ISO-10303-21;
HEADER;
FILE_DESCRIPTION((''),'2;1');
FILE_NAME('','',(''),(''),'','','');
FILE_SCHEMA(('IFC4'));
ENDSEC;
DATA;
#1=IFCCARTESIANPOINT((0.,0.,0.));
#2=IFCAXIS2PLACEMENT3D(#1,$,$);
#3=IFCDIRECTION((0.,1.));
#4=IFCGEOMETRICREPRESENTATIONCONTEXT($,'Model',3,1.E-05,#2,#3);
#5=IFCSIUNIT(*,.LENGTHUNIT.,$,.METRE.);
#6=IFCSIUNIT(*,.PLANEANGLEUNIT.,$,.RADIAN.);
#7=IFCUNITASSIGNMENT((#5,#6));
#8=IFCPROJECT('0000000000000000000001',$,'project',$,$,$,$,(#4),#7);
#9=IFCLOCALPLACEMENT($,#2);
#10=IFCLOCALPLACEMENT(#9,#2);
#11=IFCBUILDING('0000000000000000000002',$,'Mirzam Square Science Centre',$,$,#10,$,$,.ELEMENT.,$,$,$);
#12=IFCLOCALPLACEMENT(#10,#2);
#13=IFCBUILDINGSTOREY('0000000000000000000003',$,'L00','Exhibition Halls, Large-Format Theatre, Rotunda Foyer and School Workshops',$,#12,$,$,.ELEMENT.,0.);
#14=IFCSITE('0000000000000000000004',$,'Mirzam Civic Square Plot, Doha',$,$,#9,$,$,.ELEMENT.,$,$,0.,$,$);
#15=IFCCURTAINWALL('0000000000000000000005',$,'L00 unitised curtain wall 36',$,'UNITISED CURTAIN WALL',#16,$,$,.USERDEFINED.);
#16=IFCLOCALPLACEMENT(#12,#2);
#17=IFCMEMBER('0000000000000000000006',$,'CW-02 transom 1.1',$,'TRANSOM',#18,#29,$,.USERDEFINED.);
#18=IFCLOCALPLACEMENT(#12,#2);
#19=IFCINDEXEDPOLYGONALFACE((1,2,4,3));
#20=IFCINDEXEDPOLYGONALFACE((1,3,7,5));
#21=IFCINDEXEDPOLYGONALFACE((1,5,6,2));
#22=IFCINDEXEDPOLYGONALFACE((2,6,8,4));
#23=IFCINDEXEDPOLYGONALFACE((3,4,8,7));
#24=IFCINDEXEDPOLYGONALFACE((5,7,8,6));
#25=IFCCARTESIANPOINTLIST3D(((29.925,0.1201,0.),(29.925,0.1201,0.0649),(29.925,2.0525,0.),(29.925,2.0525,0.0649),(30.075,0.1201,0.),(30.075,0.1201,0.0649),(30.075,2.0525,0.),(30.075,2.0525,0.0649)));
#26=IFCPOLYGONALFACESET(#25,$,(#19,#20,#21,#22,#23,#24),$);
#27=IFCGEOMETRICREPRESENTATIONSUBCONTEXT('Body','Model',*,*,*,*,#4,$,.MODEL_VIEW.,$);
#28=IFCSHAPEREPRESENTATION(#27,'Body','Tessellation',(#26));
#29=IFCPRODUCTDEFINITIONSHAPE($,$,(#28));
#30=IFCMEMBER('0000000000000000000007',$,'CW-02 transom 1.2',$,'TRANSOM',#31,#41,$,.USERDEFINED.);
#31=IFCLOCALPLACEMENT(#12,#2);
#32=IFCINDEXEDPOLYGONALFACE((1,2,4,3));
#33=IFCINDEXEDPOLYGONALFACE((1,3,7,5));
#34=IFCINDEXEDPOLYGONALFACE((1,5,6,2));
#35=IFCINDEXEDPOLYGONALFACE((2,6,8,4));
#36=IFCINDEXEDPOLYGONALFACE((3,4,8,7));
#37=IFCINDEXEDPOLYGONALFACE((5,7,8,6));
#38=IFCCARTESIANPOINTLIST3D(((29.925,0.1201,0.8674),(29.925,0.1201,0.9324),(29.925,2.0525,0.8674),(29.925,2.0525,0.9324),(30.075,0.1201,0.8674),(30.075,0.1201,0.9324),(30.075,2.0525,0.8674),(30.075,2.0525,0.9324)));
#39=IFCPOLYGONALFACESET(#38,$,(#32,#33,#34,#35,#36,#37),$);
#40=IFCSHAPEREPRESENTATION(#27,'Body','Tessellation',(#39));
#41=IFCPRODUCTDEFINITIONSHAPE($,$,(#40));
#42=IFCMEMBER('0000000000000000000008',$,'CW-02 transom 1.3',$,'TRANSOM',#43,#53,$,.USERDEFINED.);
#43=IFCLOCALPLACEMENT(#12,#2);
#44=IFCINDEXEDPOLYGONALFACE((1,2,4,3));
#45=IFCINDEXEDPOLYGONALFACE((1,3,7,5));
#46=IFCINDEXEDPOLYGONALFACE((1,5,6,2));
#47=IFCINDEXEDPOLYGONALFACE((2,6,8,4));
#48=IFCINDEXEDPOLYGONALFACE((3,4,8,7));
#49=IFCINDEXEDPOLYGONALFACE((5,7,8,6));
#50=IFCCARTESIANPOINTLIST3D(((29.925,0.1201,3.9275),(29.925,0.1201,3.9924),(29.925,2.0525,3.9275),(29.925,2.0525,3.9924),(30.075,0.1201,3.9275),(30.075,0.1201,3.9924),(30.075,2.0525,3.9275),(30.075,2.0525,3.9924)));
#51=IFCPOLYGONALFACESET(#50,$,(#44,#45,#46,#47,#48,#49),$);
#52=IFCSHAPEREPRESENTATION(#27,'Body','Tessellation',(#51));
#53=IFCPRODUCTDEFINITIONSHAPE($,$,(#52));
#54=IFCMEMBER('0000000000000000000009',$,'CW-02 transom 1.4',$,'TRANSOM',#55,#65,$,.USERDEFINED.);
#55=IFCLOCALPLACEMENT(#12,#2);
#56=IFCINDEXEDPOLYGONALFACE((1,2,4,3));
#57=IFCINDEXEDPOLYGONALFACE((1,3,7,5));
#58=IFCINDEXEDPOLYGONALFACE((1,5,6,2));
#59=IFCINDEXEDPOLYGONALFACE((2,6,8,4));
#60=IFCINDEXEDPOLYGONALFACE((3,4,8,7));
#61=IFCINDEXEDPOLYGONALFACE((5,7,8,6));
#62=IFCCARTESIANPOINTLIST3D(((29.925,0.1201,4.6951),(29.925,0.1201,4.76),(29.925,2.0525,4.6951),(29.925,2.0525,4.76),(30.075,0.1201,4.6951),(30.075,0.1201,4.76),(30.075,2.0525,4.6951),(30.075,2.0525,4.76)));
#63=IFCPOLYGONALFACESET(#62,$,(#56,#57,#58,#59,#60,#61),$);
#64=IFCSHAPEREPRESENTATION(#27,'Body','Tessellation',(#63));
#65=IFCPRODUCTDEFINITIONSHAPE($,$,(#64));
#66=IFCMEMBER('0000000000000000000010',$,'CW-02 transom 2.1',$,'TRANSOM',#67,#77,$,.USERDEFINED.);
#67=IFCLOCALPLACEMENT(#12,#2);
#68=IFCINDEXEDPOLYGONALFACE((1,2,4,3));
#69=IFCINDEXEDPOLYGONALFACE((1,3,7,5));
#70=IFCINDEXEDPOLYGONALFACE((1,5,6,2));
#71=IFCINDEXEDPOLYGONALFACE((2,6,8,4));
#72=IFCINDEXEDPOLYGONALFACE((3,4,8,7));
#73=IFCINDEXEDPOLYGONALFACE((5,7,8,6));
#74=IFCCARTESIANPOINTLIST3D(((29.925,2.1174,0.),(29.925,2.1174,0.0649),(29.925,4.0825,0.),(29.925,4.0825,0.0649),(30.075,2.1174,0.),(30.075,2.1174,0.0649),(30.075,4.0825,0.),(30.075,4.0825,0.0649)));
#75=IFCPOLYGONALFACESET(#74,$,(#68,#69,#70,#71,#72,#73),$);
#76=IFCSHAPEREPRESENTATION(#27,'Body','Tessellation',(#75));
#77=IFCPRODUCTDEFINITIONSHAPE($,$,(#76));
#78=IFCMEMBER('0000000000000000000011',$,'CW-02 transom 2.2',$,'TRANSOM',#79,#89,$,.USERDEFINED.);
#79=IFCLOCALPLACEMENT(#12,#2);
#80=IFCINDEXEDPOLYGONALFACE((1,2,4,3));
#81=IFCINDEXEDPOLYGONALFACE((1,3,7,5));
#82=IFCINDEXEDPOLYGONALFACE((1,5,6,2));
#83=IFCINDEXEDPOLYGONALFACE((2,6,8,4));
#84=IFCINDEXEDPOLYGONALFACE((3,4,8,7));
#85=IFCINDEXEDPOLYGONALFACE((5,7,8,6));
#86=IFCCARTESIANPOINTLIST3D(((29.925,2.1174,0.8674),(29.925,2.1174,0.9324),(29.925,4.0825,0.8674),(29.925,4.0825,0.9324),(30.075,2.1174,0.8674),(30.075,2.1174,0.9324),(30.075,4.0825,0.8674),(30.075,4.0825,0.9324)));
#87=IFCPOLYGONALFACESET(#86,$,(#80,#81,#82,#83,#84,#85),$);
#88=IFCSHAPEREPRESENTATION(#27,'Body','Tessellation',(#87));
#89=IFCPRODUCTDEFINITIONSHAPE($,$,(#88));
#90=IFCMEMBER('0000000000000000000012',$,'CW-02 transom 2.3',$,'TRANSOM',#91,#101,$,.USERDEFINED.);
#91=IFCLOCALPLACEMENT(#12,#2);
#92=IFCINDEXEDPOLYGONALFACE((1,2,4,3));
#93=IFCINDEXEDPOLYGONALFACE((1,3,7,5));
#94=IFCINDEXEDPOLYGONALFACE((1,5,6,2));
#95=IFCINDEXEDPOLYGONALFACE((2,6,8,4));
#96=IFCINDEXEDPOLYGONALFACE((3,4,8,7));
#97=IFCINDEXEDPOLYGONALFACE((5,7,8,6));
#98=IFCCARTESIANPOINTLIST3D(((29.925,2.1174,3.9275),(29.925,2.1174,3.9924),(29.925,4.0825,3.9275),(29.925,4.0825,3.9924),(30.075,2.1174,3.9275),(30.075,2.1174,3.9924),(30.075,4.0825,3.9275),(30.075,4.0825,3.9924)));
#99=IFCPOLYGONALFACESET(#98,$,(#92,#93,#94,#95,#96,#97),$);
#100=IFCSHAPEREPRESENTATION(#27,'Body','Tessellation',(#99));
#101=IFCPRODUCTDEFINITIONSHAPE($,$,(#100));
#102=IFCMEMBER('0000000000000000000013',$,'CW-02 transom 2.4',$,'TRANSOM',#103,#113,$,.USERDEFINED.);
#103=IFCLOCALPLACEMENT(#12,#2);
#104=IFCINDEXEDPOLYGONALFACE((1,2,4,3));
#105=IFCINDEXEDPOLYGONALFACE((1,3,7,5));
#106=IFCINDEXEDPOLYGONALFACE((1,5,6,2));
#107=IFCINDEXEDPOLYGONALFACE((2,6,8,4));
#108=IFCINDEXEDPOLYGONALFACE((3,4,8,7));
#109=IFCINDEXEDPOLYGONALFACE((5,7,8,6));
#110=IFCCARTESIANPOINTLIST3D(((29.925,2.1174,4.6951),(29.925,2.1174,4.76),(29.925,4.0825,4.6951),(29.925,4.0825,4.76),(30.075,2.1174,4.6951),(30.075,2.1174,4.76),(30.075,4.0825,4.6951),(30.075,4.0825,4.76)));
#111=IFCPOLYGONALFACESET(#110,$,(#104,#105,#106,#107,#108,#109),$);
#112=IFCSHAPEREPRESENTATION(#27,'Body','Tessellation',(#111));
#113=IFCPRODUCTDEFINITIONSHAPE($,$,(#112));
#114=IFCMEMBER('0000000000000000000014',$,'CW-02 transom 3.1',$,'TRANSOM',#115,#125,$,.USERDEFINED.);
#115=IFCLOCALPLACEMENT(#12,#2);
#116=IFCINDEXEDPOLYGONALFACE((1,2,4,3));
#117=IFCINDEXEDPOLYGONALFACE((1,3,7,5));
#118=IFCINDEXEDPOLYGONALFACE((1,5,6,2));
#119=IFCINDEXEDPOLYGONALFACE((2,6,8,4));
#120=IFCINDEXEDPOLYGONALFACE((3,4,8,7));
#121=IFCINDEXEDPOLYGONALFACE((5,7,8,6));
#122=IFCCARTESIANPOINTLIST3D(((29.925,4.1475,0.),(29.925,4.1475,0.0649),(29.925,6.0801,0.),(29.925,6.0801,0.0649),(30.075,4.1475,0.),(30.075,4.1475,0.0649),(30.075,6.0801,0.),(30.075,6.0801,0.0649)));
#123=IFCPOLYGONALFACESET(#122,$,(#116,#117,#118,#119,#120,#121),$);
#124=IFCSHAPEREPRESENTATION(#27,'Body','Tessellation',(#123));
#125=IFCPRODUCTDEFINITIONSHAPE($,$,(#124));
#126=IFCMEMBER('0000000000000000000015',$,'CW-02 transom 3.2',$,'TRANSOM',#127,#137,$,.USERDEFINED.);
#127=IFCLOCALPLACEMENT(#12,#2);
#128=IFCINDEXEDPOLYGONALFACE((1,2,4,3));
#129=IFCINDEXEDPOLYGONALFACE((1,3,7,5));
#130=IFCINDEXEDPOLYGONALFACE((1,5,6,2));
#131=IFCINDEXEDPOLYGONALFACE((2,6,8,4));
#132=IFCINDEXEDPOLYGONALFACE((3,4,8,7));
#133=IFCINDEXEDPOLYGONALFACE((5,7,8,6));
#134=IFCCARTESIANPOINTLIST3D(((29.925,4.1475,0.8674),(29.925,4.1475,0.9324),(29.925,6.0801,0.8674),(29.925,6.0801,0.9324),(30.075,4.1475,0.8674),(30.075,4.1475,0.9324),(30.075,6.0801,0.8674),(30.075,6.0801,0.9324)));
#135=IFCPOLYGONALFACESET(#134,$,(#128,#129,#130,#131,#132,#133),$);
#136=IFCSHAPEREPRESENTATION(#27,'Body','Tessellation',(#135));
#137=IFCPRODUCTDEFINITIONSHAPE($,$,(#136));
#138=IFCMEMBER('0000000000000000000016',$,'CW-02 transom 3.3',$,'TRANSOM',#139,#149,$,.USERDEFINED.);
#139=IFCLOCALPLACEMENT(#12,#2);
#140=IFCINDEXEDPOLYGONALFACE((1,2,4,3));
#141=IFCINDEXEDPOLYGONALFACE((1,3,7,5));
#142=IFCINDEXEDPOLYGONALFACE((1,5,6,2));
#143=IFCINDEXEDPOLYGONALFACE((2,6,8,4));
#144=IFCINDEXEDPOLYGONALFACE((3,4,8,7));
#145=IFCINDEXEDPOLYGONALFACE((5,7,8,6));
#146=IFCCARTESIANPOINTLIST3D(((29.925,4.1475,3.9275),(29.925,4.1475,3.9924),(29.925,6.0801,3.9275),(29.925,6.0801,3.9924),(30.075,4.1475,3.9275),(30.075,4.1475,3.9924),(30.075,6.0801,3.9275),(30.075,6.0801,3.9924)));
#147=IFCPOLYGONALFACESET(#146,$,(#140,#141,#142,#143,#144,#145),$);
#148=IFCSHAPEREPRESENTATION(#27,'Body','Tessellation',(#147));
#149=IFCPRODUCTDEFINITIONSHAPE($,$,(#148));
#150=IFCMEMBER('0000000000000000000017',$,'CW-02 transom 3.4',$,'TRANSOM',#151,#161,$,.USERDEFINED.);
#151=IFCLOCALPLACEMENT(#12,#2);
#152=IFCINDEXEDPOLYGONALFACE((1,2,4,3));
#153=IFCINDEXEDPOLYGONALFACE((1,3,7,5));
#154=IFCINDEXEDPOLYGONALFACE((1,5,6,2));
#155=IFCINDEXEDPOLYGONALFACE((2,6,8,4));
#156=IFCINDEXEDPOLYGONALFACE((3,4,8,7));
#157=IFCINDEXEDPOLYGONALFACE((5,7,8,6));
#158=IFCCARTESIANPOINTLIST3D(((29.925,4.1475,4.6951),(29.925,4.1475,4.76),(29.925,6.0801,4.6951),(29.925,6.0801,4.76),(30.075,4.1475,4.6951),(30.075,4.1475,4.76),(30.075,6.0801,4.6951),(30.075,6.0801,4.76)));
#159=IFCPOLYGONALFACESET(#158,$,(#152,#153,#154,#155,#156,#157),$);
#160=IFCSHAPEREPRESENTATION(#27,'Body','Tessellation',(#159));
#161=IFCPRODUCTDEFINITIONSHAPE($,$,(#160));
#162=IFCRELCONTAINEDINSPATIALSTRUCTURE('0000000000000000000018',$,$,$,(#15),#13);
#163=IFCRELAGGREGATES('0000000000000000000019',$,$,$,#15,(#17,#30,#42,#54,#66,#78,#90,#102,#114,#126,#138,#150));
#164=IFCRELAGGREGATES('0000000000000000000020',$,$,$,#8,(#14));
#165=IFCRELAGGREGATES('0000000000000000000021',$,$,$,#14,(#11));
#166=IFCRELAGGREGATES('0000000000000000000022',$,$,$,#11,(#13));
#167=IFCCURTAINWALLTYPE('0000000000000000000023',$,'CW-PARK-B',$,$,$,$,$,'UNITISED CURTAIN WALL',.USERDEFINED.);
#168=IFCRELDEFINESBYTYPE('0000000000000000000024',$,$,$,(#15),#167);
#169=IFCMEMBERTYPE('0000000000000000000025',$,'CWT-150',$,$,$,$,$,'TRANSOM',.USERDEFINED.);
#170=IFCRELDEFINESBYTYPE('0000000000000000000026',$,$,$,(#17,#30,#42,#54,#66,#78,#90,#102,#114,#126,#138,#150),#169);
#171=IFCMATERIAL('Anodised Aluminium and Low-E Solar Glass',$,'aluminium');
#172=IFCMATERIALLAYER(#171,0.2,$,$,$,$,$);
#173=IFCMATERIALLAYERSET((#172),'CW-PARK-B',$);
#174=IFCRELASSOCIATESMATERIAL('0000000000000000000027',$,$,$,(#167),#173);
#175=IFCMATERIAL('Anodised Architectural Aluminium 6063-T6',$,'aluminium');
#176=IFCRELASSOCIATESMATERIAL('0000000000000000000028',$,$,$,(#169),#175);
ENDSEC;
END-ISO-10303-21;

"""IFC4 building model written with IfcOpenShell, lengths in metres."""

from ifc_helpers import new_model, si_unit, direction, frame, origin, origin_2d, place, context, subcontext, project, spatial, rectangle, extrude, material, layer, layer_set, material_profile, profile_set, type_object, element, aggregate, save


model = new_model("IFC4")

# Units and contexts
model_context = context("Model", 3, precision=1e-05, world=origin(), true_north=direction((0.0, 1.0)))
body_context = subcontext(model_context, "Body", "Model", "MODEL_VIEW")
ifc_project = project(units=[si_unit("LENGTHUNIT", "METRE"), si_unit("PLANEANGLEUNIT", "RADIAN")], contexts=[model_context])

# Site, building, storey
site_placement = place(None, origin())
site = spatial("IfcSite", under=ifc_project, at=site_placement, Name="Mirzam Civic Square Plot, Doha", CompositionType="ELEMENT", RefElevation=0.0)
building_placement = place(site_placement, origin())
building = spatial("IfcBuilding", under=site, at=building_placement, Name="Mirzam Square Science Centre", CompositionType="ELEMENT")
storey_placement = place(building_placement, origin())
storey = spatial("IfcBuildingStorey", under=building, at=storey_placement, Name="L00", Description="Exhibition Halls, Large-Format Theatre, Rotunda Foyer and School Workshops", CompositionType="ELEMENT", Elevation=0.0)

# Curtain wall, members
ifc_material_1 = material(Name="Anodised Aluminium and Low-E Solar Glass", Category="aluminium")
ifc_layer_1 = layer(ifc_material_1, 0.2)
ifc_layer_set_1 = layer_set([ifc_layer_1], Name="CW-PARK-B")
curtain_wall_type = type_object("IfcCurtainWallType", Name="CW-PARK-B", ElementType="UNITISED CURTAIN WALL", PredefinedType="USERDEFINED", material=ifc_layer_set_1)
curtain_wall_placement = place(storey_placement, origin())
curtain_wall = element("IfcCurtainWall", 1, at=curtain_wall_placement, inside=storey, type_object=curtain_wall_type, Name="L00 unitised curtain wall 36", ObjectType="UNITISED CURTAIN WALL", PredefinedType="USERDEFINED")
ifc_material_2 = material(Name="Anodised Architectural Aluminium 6063-T6", Category="aluminium")
ifc_material_profile_1 = material_profile(ifc_material_2, rectangle(XDim=0.1499, YDim=0.0649, at=origin_2d()), Name="ALU-TRAN-150x65x4")
ifc_profile_set_1 = profile_set([ifc_material_profile_1], Name="Anodised Architectural Aluminium 6063-T6")
member_type = type_object("IfcMemberType", Name="CWT-150", ElementType="TRANSOM", PredefinedType="USERDEFINED", material=ifc_profile_set_1)
member_1_placement = place(storey_placement, frame((30.0, 0.1201, 0.0325), z_axis=(0.0, 1.0, 0.0), x_axis=(-1.0, 0.0, 0.0)))
member_1 = element("IfcMember", 2, at=member_1_placement, type_object=member_type, Name="CW-02 transom 1.1", ObjectType="TRANSOM", PredefinedType="USERDEFINED", context=body_context, shape_type="SweptSolid", body=[
    extrude(rectangle(XDim=0.1499, YDim=0.0649, at=origin_2d()), origin(), (0.0, 0.0, 1.0), 1.9324),
])
member_2_placement = place(storey_placement, frame((30.0, 0.1201, 0.8999), z_axis=(0.0, 1.0, 0.0), x_axis=(-1.0, 0.0, 0.0)))
member_2 = element("IfcMember", 3, at=member_2_placement, type_object=member_type, Name="CW-02 transom 1.2", ObjectType="TRANSOM", PredefinedType="USERDEFINED", context=body_context, shape_type="SweptSolid", body=[
    extrude(rectangle(XDim=0.1499, YDim=0.0649, at=origin_2d()), origin(), (0.0, 0.0, 1.0), 1.9324),
])
member_3_placement = place(storey_placement, frame((30.0, 0.1201, 3.96), z_axis=(0.0, 1.0, 0.0), x_axis=(-1.0, 0.0, 0.0)))
member_3 = element("IfcMember", 4, at=member_3_placement, type_object=member_type, Name="CW-02 transom 1.3", ObjectType="TRANSOM", PredefinedType="USERDEFINED", context=body_context, shape_type="SweptSolid", body=[
    extrude(rectangle(XDim=0.1499, YDim=0.0649, at=origin_2d()), origin(), (0.0, 0.0, 1.0), 1.9324),
])
member_4_placement = place(storey_placement, frame((30.0, 0.1201, 4.7275), z_axis=(0.0, 1.0, 0.0), x_axis=(-1.0, 0.0, 0.0)))
member_4 = element("IfcMember", 5, at=member_4_placement, type_object=member_type, Name="CW-02 transom 1.4", ObjectType="TRANSOM", PredefinedType="USERDEFINED", context=body_context, shape_type="SweptSolid", body=[
    extrude(rectangle(XDim=0.1499, YDim=0.0649, at=origin_2d()), origin(), (0.0, 0.0, 1.0), 1.9324),
])
member_5_placement = place(storey_placement, frame((30.0, 2.1174, 0.0325), z_axis=(0.0, 1.0, 0.0), x_axis=(-1.0, 0.0, 0.0)))
member_5 = element("IfcMember", 6, at=member_5_placement, type_object=member_type, Name="CW-02 transom 2.1", ObjectType="TRANSOM", PredefinedType="USERDEFINED", context=body_context, shape_type="SweptSolid", body=[
    extrude(rectangle(XDim=0.1499, YDim=0.0649, at=origin_2d()), origin(), (0.0, 0.0, 1.0), 1.9651),
])
member_6_placement = place(storey_placement, frame((30.0, 2.1174, 0.8999), z_axis=(0.0, 1.0, 0.0), x_axis=(-1.0, 0.0, 0.0)))
member_6 = element("IfcMember", 7, at=member_6_placement, type_object=member_type, Name="CW-02 transom 2.2", ObjectType="TRANSOM", PredefinedType="USERDEFINED", context=body_context, shape_type="SweptSolid", body=[
    extrude(rectangle(XDim=0.1499, YDim=0.0649, at=origin_2d()), origin(), (0.0, 0.0, 1.0), 1.9651),
])
member_7_placement = place(storey_placement, frame((30.0, 2.1174, 3.96), z_axis=(0.0, 1.0, 0.0), x_axis=(-1.0, 0.0, 0.0)))
member_7 = element("IfcMember", 8, at=member_7_placement, type_object=member_type, Name="CW-02 transom 2.3", ObjectType="TRANSOM", PredefinedType="USERDEFINED", context=body_context, shape_type="SweptSolid", body=[
    extrude(rectangle(XDim=0.1499, YDim=0.0649, at=origin_2d()), origin(), (0.0, 0.0, 1.0), 1.9651),
])
member_8_placement = place(storey_placement, frame((30.0, 2.1174, 4.7275), z_axis=(0.0, 1.0, 0.0), x_axis=(-1.0, 0.0, 0.0)))
member_8 = element("IfcMember", 9, at=member_8_placement, type_object=member_type, Name="CW-02 transom 2.4", ObjectType="TRANSOM", PredefinedType="USERDEFINED", context=body_context, shape_type="SweptSolid", body=[
    extrude(rectangle(XDim=0.1499, YDim=0.0649, at=origin_2d()), origin(), (0.0, 0.0, 1.0), 1.9651),
])
member_9_placement = place(storey_placement, frame((30.0, 4.1475, 0.0325), z_axis=(0.0, 1.0, 0.0), x_axis=(-1.0, 0.0, 0.0)))
member_9 = element("IfcMember", 10, at=member_9_placement, type_object=member_type, Name="CW-02 transom 3.1", ObjectType="TRANSOM", PredefinedType="USERDEFINED", context=body_context, shape_type="SweptSolid", body=[
    extrude(rectangle(XDim=0.1499, YDim=0.0649, at=origin_2d()), origin(), (0.0, 0.0, 1.0), 1.9326),
])
member_10_placement = place(storey_placement, frame((30.0, 4.1475, 0.8999), z_axis=(0.0, 1.0, 0.0), x_axis=(-1.0, 0.0, 0.0)))
member_10 = element("IfcMember", 11, at=member_10_placement, type_object=member_type, Name="CW-02 transom 3.2", ObjectType="TRANSOM", PredefinedType="USERDEFINED", context=body_context, shape_type="SweptSolid", body=[
    extrude(rectangle(XDim=0.1499, YDim=0.0649, at=origin_2d()), origin(), (0.0, 0.0, 1.0), 1.9326),
])
member_11_placement = place(storey_placement, frame((30.0, 4.1475, 3.96), z_axis=(0.0, 1.0, 0.0), x_axis=(-1.0, 0.0, 0.0)))
member_11 = element("IfcMember", 12, at=member_11_placement, type_object=member_type, Name="CW-02 transom 3.3", ObjectType="TRANSOM", PredefinedType="USERDEFINED", context=body_context, shape_type="SweptSolid", body=[
    extrude(rectangle(XDim=0.1499, YDim=0.0649, at=origin_2d()), origin(), (0.0, 0.0, 1.0), 1.9326),
])
member_12_placement = place(storey_placement, frame((30.0, 4.1475, 4.7275), z_axis=(0.0, 1.0, 0.0), x_axis=(-1.0, 0.0, 0.0)))
member_12 = element("IfcMember", 13, at=member_12_placement, type_object=member_type, Name="CW-02 transom 3.4", ObjectType="TRANSOM", PredefinedType="USERDEFINED", context=body_context, shape_type="SweptSolid", body=[
    extrude(rectangle(XDim=0.1499, YDim=0.0649, at=origin_2d()), origin(), (0.0, 0.0, 1.0), 1.9326),
])

aggregate(curtain_wall, [member_1, member_2, member_3, member_4, member_5, member_6, member_7, member_8, member_9, member_10, member_11, member_12])

save(model, "model.ifc")
